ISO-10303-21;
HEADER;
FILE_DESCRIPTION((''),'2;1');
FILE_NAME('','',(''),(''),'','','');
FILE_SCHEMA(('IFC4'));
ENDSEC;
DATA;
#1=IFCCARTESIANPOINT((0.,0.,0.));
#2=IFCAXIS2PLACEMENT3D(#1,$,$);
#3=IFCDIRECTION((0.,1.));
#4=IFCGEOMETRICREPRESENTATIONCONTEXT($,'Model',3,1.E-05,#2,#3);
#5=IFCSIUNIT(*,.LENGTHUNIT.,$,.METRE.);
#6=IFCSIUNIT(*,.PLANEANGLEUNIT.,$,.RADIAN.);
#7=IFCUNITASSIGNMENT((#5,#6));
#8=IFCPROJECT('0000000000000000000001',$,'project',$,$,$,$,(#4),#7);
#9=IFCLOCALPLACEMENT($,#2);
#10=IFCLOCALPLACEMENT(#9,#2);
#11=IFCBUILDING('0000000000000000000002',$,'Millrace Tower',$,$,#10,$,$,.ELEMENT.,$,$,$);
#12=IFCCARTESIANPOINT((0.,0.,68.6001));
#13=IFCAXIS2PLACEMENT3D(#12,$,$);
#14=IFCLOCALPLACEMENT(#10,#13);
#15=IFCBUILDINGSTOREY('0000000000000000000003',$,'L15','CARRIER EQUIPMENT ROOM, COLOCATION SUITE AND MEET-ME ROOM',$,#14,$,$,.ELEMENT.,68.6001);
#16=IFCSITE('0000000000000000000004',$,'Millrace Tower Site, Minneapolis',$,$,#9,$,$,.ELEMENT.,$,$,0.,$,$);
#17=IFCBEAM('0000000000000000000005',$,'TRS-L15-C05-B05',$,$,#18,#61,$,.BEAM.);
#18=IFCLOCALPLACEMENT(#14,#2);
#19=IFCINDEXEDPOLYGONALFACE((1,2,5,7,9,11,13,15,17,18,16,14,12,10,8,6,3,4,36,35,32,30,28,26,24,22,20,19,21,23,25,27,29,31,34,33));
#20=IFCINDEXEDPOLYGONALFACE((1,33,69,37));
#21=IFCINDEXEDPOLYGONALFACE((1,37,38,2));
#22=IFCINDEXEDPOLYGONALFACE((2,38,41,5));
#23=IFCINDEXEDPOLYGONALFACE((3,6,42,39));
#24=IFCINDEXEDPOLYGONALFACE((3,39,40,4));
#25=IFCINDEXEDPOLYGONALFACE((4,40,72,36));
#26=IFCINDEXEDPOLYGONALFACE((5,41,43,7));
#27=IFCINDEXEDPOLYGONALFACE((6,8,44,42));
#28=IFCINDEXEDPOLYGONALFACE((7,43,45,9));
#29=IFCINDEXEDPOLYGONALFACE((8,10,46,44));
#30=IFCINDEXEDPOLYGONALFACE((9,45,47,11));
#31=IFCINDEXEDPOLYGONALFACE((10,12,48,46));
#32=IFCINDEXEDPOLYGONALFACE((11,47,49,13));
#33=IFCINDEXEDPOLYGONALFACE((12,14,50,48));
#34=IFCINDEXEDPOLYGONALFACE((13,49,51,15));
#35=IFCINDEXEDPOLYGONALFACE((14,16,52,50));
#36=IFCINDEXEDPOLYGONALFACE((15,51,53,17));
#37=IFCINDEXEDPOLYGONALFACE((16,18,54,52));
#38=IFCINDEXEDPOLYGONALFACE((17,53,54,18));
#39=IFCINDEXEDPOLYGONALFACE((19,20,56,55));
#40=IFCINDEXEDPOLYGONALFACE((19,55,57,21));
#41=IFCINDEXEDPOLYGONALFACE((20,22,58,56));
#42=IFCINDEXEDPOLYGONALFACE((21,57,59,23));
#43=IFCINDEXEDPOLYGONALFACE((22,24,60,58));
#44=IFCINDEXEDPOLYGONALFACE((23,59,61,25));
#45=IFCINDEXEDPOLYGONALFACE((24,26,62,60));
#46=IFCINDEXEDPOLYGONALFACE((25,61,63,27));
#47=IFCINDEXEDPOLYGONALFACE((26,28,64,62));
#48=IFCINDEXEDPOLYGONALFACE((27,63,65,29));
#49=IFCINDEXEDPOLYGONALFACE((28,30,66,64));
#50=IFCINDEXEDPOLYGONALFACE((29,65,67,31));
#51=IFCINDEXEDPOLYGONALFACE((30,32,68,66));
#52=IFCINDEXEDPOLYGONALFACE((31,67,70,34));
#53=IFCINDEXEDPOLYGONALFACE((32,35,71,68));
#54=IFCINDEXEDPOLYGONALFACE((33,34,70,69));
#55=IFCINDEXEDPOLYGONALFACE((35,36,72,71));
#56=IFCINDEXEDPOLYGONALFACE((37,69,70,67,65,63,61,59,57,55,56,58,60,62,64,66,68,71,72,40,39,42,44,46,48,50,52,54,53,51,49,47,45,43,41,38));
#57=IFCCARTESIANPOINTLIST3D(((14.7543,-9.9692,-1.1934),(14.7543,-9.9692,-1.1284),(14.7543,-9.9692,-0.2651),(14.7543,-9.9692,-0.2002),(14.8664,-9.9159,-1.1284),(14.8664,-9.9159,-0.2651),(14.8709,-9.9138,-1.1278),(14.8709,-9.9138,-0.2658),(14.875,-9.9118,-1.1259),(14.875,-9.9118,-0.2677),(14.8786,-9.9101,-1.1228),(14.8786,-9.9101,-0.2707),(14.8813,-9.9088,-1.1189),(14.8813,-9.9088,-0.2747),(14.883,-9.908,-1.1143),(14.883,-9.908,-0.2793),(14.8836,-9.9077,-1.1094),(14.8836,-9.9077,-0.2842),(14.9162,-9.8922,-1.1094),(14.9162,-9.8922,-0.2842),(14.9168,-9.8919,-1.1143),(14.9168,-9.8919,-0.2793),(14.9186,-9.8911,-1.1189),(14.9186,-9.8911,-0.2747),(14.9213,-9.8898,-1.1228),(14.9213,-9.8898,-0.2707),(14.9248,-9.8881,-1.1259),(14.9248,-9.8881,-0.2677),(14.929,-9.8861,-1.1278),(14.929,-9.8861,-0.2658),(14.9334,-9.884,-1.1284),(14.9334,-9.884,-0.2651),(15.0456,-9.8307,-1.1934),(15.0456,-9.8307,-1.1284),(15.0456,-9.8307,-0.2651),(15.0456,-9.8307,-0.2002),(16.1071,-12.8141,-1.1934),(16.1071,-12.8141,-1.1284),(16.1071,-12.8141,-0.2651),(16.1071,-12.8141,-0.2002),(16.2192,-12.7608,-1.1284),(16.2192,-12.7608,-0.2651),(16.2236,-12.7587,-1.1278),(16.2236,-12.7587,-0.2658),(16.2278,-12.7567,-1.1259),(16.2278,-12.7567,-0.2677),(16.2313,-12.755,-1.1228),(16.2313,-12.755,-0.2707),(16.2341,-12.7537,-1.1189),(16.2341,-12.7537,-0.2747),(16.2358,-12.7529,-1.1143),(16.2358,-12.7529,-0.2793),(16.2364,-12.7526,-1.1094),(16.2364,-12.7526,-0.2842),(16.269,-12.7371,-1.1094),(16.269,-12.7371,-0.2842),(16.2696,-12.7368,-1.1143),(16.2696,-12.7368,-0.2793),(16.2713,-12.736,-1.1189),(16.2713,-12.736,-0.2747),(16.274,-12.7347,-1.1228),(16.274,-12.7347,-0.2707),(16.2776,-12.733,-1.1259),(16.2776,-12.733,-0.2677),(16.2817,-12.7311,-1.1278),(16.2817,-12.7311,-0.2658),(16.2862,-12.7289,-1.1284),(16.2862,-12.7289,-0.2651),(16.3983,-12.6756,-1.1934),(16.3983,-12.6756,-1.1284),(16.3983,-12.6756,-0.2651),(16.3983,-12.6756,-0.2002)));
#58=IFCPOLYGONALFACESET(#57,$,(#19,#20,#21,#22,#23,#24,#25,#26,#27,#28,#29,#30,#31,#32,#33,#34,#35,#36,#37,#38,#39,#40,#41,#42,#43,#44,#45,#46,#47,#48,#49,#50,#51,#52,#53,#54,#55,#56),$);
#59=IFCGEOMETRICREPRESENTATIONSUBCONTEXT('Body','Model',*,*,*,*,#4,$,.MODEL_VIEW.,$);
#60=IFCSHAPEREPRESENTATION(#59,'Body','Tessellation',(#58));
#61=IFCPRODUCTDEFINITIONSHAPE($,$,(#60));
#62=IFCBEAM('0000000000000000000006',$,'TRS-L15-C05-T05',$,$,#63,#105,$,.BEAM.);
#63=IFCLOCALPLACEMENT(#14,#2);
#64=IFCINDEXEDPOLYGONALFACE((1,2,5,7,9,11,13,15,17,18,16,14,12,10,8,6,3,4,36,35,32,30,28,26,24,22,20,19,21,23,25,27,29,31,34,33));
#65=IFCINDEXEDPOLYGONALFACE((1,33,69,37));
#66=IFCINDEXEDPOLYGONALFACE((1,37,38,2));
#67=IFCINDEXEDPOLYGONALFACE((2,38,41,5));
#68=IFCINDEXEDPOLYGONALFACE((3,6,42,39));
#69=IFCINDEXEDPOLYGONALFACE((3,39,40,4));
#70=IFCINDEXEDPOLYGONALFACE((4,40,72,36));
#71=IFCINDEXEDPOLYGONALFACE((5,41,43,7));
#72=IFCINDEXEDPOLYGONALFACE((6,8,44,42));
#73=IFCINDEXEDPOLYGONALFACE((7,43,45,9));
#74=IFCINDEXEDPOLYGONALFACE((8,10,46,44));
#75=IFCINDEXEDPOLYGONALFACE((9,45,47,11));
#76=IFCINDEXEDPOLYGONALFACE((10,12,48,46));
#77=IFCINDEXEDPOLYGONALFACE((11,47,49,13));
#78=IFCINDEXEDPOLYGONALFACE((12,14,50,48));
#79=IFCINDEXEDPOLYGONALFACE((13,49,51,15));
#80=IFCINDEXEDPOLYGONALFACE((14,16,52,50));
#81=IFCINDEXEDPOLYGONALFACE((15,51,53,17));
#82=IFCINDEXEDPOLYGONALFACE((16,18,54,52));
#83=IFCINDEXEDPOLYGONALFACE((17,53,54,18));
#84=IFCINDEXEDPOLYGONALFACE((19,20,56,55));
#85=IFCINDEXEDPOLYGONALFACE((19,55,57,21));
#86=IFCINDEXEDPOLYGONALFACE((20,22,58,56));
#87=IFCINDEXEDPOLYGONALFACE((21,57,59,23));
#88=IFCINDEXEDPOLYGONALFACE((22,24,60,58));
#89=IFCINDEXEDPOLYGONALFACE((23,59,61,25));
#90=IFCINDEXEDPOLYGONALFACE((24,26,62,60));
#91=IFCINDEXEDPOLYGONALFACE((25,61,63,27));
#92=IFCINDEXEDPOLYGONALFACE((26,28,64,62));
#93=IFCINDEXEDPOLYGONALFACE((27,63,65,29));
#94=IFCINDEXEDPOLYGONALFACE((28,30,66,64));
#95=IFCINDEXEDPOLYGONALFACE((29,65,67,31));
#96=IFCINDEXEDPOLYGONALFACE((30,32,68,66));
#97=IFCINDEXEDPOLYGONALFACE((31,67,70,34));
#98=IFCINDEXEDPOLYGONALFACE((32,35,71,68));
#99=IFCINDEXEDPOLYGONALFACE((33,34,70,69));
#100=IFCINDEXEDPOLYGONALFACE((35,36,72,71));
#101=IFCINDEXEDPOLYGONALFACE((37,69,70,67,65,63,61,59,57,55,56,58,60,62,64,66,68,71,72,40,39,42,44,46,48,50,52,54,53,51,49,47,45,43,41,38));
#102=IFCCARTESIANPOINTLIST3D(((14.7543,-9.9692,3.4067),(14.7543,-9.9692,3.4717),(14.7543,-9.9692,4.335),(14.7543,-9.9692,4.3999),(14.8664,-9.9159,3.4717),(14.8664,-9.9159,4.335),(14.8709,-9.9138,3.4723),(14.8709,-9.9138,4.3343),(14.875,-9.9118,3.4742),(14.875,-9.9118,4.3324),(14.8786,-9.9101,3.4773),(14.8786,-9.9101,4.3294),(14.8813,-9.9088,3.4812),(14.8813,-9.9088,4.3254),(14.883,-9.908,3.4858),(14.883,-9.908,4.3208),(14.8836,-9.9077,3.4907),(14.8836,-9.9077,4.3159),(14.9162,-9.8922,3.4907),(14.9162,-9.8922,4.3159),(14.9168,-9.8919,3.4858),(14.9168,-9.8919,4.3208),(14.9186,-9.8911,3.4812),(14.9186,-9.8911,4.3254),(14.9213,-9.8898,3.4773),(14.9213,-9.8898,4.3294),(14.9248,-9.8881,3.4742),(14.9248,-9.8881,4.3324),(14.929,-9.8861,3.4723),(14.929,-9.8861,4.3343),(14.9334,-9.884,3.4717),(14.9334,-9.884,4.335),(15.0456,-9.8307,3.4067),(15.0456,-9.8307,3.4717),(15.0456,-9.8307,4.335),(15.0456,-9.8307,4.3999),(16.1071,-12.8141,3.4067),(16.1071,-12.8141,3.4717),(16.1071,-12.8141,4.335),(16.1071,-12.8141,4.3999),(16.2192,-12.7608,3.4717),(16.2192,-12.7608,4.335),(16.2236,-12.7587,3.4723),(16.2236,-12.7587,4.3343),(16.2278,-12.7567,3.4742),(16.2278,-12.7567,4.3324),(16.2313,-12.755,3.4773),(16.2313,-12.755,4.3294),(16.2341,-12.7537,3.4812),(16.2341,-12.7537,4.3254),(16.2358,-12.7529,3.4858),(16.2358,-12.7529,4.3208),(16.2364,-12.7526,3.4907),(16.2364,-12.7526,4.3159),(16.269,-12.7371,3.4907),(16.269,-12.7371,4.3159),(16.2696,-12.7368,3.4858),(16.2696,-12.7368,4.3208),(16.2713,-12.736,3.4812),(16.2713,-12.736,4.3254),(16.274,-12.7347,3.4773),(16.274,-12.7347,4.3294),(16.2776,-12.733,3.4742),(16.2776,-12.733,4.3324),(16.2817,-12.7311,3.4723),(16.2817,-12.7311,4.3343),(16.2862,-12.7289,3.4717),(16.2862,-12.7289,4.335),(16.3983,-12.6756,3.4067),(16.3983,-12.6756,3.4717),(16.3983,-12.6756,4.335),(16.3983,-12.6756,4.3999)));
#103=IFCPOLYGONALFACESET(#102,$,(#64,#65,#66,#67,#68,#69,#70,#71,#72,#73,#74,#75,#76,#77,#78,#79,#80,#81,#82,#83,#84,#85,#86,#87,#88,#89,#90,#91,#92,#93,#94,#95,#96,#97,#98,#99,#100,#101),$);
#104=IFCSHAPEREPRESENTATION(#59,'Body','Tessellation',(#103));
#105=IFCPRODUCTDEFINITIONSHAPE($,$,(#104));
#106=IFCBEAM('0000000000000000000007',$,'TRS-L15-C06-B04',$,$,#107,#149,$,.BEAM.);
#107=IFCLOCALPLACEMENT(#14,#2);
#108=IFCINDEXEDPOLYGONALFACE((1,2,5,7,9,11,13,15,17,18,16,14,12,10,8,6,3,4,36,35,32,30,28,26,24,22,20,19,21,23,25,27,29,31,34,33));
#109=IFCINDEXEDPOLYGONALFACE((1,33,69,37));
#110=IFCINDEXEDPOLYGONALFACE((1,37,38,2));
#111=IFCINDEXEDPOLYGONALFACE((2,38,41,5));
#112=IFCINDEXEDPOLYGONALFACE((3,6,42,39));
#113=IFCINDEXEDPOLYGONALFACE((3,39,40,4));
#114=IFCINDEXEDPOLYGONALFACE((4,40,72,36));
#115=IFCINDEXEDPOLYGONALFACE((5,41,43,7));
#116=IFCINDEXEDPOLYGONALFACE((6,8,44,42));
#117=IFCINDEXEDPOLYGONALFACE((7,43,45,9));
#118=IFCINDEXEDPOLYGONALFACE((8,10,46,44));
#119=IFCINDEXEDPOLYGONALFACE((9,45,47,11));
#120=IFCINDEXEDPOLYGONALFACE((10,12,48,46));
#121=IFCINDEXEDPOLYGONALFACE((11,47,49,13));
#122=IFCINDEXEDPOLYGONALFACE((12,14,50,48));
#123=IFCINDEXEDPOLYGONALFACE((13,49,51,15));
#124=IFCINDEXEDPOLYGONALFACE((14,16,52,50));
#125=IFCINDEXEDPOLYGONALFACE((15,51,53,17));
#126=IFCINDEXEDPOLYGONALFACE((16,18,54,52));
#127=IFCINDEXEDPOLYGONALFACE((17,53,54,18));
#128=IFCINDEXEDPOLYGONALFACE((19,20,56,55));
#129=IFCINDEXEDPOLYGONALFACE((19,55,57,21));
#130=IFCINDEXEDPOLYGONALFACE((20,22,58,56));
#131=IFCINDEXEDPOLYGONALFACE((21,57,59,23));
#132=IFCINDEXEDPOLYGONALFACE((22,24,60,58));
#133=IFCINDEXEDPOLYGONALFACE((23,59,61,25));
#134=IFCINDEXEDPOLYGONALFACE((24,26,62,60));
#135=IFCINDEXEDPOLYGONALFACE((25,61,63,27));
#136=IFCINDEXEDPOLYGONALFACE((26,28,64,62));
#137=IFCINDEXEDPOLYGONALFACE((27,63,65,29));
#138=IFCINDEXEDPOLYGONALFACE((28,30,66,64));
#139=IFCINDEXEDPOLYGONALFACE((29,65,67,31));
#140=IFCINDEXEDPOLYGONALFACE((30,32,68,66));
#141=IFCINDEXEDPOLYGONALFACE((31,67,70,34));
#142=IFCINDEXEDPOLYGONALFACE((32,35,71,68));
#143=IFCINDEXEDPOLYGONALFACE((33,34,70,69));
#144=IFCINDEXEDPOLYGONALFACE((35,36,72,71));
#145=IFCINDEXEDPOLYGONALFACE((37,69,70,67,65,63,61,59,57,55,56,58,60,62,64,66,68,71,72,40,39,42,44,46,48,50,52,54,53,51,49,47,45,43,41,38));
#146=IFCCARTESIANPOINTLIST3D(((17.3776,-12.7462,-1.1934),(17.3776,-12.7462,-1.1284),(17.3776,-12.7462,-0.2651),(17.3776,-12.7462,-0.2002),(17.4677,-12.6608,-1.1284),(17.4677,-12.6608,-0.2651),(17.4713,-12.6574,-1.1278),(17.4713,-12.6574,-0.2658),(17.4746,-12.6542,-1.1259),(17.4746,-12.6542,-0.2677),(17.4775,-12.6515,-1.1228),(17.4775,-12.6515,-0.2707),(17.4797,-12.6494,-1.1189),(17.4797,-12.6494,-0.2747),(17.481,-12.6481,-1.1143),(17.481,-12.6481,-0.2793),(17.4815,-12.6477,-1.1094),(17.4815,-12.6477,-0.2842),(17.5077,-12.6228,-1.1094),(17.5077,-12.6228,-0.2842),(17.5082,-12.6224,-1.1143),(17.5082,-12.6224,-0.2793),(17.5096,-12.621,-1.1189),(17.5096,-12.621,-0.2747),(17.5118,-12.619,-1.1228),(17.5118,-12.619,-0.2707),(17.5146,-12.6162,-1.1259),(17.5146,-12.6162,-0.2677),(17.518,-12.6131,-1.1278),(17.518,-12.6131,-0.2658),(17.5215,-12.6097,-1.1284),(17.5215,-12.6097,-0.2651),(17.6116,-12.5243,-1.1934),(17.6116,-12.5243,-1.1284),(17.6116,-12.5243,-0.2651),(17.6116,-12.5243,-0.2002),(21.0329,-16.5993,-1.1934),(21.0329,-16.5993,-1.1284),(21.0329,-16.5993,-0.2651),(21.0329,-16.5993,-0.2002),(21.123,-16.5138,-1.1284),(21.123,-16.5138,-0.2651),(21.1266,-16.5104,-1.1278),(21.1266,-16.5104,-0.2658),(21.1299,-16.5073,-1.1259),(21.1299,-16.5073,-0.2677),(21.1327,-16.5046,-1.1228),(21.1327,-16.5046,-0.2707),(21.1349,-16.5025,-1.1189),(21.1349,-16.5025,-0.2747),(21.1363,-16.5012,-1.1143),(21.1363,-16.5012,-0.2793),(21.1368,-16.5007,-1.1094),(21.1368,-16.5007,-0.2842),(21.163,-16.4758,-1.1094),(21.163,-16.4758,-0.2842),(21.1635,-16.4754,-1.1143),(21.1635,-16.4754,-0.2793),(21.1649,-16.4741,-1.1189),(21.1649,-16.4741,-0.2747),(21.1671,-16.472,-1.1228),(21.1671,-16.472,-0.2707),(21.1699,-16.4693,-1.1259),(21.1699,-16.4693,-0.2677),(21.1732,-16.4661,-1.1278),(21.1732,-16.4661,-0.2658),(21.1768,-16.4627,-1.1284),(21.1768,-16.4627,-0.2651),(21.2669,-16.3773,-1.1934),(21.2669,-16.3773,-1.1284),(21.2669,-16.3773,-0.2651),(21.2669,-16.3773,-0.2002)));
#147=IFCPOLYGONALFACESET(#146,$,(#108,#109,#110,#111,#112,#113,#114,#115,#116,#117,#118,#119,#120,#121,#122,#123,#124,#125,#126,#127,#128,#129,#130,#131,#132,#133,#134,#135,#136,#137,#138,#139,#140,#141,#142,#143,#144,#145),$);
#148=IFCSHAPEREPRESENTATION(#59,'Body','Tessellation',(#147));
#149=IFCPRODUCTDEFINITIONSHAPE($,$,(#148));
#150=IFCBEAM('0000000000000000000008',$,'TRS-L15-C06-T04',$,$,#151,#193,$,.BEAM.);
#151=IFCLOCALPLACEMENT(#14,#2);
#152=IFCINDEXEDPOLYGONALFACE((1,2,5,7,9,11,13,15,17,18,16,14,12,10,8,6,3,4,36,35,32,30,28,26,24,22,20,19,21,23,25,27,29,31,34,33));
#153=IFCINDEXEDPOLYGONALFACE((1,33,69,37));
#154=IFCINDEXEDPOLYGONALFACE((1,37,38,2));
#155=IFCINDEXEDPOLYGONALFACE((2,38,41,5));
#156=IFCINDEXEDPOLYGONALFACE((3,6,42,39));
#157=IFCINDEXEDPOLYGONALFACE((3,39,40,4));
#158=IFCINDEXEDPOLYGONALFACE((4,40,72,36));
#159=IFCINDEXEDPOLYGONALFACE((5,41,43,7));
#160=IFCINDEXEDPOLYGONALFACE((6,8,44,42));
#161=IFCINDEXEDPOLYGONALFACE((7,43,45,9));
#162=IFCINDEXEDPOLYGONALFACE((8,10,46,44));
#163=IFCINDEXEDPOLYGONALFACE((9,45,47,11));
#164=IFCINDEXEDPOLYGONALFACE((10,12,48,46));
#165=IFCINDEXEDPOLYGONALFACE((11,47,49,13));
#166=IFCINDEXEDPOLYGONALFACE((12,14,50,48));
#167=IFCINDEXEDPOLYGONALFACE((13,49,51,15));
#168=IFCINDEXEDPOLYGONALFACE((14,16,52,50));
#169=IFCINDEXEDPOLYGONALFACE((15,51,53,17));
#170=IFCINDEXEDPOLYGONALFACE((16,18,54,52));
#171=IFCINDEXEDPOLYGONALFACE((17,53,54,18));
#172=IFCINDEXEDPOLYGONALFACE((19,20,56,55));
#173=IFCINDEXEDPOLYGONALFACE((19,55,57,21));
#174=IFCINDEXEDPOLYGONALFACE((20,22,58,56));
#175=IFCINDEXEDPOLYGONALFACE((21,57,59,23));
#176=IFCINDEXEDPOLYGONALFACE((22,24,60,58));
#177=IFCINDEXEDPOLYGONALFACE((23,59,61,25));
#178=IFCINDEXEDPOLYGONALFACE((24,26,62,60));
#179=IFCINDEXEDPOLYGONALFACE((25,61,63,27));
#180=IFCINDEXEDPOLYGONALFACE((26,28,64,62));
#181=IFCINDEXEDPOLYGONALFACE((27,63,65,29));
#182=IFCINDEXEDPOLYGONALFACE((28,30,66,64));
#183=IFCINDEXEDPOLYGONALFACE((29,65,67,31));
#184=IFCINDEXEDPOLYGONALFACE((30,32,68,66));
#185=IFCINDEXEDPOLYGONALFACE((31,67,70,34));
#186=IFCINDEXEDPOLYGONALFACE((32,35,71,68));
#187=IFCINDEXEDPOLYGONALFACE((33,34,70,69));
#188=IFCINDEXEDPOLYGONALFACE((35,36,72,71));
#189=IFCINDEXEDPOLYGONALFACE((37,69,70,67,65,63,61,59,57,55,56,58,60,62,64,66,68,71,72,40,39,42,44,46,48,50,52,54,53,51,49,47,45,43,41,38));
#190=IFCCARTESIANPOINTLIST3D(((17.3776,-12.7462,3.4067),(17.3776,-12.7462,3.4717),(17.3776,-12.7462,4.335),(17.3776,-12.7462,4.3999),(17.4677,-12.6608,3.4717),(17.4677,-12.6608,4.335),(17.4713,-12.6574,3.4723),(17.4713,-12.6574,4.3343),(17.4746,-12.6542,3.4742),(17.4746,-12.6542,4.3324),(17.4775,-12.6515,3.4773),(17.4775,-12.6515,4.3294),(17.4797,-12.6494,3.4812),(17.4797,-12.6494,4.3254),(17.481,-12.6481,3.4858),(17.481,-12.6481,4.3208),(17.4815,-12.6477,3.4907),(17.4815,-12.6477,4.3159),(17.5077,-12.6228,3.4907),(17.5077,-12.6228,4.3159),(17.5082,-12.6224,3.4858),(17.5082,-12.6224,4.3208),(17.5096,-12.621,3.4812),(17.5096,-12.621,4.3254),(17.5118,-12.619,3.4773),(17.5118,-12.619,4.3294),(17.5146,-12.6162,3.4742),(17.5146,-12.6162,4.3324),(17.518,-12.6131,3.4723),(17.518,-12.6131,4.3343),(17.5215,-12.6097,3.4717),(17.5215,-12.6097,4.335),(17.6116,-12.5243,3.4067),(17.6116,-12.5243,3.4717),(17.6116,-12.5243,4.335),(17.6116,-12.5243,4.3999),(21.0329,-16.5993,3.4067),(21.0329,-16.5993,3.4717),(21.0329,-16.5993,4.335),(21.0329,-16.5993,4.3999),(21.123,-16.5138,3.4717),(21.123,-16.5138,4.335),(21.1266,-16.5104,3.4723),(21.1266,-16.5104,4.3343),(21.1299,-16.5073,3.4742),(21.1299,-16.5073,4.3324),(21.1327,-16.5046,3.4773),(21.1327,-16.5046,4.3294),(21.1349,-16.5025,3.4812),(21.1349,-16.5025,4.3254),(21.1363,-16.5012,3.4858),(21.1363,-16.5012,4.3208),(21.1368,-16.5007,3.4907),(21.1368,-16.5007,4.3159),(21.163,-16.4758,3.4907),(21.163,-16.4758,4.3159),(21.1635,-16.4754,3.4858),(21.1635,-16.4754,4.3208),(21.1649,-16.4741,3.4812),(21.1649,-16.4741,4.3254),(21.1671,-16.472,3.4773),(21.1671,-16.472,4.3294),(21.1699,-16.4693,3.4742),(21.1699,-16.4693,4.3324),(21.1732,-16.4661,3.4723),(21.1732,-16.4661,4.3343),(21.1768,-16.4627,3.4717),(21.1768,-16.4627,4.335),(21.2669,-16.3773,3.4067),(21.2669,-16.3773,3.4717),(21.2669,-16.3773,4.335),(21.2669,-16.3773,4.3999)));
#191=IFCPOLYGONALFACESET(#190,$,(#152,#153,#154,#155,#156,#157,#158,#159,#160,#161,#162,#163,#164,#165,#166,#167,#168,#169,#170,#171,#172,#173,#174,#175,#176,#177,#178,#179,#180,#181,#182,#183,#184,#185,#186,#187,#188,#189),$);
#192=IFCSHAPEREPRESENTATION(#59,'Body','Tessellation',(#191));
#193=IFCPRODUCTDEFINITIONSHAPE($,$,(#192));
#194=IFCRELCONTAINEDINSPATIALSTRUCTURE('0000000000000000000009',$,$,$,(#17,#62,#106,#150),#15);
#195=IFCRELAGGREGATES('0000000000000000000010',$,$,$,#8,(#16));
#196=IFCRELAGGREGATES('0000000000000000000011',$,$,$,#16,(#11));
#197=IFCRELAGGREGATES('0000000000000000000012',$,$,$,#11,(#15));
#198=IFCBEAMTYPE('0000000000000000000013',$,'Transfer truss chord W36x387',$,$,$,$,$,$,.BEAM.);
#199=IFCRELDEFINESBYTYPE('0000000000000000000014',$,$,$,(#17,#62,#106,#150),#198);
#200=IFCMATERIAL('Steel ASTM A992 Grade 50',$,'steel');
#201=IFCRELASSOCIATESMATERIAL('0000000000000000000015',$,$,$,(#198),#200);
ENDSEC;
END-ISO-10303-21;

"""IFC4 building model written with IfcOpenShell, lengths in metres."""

from ifc_helpers import new_model, si_unit, direction, frame, origin, origin_2d, place, context, subcontext, project, spatial, i_section, extrude, material, material_profile, profile_set, type_object, element, save


model = new_model("IFC4")

# Units and contexts
model_context = context("Model", 3, precision=1e-05, world=origin(), true_north=direction((0.0, 1.0)))
body_context = subcontext(model_context, "Body", "Model", "MODEL_VIEW")
ifc_project = project(units=[si_unit("LENGTHUNIT", "METRE"), si_unit("PLANEANGLEUNIT", "RADIAN")], contexts=[model_context])

# Site, building, storey
site_placement = place(None, origin())
site = spatial("IfcSite", under=ifc_project, at=site_placement, Name="Millrace Tower Site, Minneapolis", CompositionType="ELEMENT", RefElevation=0.0)
building_placement = place(site_placement, origin())
building = spatial("IfcBuilding", under=site, at=building_placement, Name="Millrace Tower", CompositionType="ELEMENT")
storey_placement = place(building_placement, frame((0.0, 0.0, 68.6001)))
storey = spatial("IfcBuildingStorey", under=building, at=storey_placement, Name="L15", Description="CARRIER EQUIPMENT ROOM, COLOCATION SUITE AND MEET-ME ROOM", CompositionType="ELEMENT", Elevation=68.6001)

# Beams
ifc_material_1 = material(Name="Steel ASTM A992 Grade 50", Category="steel")
ifc_material_profile_1 = material_profile(ifc_material_1, i_section(OverallWidth=0.3225, OverallDepth=0.9932, WebThickness=0.0361, FlangeThickness=0.0649, FilletRadius=0.019, at=origin_2d()))
ifc_profile_set_1 = profile_set([ifc_material_profile_1], Name="Steel ASTM A992 Grade 50")
beam_type_1 = type_object("IfcBeamType", Name="Transfer truss chord W36x387", PredefinedType="BEAM", material=ifc_profile_set_1)
for number, where, z_axis, x_axis, name in (
    (1, (16.2527, -12.7449, -0.6968), (-0.429425, 0.903102, 0.0), (-0.903102, -0.429425, 0.0), "TRS-L15-C05-B05"),
    (2, (16.2527, -12.7449, 3.9033), (-0.429425, 0.903102, 0.0), (-0.903102, -0.429425, 0.0), "TRS-L15-C05-T05"),
):
    element("IfcBeam", number, at=place(storey_placement, frame(where, z_axis=z_axis, x_axis=x_axis)), inside=storey, type_object=beam_type_1, Name=name, PredefinedType="BEAM", context=body_context, shape_type="SweptSolid", body=[
        extrude(i_section(OverallWidth=0.3225, OverallDepth=0.9932, WebThickness=0.0361, FlangeThickness=0.0649, FilletRadius=0.019, at=origin_2d()), origin(), (0.0, 0.0, 1.0), 3.1501),
    ])
for number, where, z_axis, x_axis, name in (
    (3, (21.1499, -16.4883, -0.6968), (-0.688244, 0.725479, 0.0), (-0.725479, -0.688244, 0.0), "TRS-L15-C06-B04"),
    (4, (21.1499, -16.4883, 3.9033), (-0.688244, 0.725479, 0.0), (-0.725479, -0.688244, 0.0), "TRS-L15-C06-T04"),
):
    element("IfcBeam", number, at=place(storey_placement, frame(where, z_axis=z_axis, x_axis=x_axis)), inside=storey, type_object=beam_type_1, Name=name, PredefinedType="BEAM", context=body_context, shape_type="SweptSolid", body=[
        extrude(i_section(OverallWidth=0.3225, OverallDepth=0.9932, WebThickness=0.0361, FlangeThickness=0.0649, FilletRadius=0.019, at=origin_2d()), origin(), (0.0, 0.0, 1.0), 5.311),
    ])

save(model, "model.ifc")
